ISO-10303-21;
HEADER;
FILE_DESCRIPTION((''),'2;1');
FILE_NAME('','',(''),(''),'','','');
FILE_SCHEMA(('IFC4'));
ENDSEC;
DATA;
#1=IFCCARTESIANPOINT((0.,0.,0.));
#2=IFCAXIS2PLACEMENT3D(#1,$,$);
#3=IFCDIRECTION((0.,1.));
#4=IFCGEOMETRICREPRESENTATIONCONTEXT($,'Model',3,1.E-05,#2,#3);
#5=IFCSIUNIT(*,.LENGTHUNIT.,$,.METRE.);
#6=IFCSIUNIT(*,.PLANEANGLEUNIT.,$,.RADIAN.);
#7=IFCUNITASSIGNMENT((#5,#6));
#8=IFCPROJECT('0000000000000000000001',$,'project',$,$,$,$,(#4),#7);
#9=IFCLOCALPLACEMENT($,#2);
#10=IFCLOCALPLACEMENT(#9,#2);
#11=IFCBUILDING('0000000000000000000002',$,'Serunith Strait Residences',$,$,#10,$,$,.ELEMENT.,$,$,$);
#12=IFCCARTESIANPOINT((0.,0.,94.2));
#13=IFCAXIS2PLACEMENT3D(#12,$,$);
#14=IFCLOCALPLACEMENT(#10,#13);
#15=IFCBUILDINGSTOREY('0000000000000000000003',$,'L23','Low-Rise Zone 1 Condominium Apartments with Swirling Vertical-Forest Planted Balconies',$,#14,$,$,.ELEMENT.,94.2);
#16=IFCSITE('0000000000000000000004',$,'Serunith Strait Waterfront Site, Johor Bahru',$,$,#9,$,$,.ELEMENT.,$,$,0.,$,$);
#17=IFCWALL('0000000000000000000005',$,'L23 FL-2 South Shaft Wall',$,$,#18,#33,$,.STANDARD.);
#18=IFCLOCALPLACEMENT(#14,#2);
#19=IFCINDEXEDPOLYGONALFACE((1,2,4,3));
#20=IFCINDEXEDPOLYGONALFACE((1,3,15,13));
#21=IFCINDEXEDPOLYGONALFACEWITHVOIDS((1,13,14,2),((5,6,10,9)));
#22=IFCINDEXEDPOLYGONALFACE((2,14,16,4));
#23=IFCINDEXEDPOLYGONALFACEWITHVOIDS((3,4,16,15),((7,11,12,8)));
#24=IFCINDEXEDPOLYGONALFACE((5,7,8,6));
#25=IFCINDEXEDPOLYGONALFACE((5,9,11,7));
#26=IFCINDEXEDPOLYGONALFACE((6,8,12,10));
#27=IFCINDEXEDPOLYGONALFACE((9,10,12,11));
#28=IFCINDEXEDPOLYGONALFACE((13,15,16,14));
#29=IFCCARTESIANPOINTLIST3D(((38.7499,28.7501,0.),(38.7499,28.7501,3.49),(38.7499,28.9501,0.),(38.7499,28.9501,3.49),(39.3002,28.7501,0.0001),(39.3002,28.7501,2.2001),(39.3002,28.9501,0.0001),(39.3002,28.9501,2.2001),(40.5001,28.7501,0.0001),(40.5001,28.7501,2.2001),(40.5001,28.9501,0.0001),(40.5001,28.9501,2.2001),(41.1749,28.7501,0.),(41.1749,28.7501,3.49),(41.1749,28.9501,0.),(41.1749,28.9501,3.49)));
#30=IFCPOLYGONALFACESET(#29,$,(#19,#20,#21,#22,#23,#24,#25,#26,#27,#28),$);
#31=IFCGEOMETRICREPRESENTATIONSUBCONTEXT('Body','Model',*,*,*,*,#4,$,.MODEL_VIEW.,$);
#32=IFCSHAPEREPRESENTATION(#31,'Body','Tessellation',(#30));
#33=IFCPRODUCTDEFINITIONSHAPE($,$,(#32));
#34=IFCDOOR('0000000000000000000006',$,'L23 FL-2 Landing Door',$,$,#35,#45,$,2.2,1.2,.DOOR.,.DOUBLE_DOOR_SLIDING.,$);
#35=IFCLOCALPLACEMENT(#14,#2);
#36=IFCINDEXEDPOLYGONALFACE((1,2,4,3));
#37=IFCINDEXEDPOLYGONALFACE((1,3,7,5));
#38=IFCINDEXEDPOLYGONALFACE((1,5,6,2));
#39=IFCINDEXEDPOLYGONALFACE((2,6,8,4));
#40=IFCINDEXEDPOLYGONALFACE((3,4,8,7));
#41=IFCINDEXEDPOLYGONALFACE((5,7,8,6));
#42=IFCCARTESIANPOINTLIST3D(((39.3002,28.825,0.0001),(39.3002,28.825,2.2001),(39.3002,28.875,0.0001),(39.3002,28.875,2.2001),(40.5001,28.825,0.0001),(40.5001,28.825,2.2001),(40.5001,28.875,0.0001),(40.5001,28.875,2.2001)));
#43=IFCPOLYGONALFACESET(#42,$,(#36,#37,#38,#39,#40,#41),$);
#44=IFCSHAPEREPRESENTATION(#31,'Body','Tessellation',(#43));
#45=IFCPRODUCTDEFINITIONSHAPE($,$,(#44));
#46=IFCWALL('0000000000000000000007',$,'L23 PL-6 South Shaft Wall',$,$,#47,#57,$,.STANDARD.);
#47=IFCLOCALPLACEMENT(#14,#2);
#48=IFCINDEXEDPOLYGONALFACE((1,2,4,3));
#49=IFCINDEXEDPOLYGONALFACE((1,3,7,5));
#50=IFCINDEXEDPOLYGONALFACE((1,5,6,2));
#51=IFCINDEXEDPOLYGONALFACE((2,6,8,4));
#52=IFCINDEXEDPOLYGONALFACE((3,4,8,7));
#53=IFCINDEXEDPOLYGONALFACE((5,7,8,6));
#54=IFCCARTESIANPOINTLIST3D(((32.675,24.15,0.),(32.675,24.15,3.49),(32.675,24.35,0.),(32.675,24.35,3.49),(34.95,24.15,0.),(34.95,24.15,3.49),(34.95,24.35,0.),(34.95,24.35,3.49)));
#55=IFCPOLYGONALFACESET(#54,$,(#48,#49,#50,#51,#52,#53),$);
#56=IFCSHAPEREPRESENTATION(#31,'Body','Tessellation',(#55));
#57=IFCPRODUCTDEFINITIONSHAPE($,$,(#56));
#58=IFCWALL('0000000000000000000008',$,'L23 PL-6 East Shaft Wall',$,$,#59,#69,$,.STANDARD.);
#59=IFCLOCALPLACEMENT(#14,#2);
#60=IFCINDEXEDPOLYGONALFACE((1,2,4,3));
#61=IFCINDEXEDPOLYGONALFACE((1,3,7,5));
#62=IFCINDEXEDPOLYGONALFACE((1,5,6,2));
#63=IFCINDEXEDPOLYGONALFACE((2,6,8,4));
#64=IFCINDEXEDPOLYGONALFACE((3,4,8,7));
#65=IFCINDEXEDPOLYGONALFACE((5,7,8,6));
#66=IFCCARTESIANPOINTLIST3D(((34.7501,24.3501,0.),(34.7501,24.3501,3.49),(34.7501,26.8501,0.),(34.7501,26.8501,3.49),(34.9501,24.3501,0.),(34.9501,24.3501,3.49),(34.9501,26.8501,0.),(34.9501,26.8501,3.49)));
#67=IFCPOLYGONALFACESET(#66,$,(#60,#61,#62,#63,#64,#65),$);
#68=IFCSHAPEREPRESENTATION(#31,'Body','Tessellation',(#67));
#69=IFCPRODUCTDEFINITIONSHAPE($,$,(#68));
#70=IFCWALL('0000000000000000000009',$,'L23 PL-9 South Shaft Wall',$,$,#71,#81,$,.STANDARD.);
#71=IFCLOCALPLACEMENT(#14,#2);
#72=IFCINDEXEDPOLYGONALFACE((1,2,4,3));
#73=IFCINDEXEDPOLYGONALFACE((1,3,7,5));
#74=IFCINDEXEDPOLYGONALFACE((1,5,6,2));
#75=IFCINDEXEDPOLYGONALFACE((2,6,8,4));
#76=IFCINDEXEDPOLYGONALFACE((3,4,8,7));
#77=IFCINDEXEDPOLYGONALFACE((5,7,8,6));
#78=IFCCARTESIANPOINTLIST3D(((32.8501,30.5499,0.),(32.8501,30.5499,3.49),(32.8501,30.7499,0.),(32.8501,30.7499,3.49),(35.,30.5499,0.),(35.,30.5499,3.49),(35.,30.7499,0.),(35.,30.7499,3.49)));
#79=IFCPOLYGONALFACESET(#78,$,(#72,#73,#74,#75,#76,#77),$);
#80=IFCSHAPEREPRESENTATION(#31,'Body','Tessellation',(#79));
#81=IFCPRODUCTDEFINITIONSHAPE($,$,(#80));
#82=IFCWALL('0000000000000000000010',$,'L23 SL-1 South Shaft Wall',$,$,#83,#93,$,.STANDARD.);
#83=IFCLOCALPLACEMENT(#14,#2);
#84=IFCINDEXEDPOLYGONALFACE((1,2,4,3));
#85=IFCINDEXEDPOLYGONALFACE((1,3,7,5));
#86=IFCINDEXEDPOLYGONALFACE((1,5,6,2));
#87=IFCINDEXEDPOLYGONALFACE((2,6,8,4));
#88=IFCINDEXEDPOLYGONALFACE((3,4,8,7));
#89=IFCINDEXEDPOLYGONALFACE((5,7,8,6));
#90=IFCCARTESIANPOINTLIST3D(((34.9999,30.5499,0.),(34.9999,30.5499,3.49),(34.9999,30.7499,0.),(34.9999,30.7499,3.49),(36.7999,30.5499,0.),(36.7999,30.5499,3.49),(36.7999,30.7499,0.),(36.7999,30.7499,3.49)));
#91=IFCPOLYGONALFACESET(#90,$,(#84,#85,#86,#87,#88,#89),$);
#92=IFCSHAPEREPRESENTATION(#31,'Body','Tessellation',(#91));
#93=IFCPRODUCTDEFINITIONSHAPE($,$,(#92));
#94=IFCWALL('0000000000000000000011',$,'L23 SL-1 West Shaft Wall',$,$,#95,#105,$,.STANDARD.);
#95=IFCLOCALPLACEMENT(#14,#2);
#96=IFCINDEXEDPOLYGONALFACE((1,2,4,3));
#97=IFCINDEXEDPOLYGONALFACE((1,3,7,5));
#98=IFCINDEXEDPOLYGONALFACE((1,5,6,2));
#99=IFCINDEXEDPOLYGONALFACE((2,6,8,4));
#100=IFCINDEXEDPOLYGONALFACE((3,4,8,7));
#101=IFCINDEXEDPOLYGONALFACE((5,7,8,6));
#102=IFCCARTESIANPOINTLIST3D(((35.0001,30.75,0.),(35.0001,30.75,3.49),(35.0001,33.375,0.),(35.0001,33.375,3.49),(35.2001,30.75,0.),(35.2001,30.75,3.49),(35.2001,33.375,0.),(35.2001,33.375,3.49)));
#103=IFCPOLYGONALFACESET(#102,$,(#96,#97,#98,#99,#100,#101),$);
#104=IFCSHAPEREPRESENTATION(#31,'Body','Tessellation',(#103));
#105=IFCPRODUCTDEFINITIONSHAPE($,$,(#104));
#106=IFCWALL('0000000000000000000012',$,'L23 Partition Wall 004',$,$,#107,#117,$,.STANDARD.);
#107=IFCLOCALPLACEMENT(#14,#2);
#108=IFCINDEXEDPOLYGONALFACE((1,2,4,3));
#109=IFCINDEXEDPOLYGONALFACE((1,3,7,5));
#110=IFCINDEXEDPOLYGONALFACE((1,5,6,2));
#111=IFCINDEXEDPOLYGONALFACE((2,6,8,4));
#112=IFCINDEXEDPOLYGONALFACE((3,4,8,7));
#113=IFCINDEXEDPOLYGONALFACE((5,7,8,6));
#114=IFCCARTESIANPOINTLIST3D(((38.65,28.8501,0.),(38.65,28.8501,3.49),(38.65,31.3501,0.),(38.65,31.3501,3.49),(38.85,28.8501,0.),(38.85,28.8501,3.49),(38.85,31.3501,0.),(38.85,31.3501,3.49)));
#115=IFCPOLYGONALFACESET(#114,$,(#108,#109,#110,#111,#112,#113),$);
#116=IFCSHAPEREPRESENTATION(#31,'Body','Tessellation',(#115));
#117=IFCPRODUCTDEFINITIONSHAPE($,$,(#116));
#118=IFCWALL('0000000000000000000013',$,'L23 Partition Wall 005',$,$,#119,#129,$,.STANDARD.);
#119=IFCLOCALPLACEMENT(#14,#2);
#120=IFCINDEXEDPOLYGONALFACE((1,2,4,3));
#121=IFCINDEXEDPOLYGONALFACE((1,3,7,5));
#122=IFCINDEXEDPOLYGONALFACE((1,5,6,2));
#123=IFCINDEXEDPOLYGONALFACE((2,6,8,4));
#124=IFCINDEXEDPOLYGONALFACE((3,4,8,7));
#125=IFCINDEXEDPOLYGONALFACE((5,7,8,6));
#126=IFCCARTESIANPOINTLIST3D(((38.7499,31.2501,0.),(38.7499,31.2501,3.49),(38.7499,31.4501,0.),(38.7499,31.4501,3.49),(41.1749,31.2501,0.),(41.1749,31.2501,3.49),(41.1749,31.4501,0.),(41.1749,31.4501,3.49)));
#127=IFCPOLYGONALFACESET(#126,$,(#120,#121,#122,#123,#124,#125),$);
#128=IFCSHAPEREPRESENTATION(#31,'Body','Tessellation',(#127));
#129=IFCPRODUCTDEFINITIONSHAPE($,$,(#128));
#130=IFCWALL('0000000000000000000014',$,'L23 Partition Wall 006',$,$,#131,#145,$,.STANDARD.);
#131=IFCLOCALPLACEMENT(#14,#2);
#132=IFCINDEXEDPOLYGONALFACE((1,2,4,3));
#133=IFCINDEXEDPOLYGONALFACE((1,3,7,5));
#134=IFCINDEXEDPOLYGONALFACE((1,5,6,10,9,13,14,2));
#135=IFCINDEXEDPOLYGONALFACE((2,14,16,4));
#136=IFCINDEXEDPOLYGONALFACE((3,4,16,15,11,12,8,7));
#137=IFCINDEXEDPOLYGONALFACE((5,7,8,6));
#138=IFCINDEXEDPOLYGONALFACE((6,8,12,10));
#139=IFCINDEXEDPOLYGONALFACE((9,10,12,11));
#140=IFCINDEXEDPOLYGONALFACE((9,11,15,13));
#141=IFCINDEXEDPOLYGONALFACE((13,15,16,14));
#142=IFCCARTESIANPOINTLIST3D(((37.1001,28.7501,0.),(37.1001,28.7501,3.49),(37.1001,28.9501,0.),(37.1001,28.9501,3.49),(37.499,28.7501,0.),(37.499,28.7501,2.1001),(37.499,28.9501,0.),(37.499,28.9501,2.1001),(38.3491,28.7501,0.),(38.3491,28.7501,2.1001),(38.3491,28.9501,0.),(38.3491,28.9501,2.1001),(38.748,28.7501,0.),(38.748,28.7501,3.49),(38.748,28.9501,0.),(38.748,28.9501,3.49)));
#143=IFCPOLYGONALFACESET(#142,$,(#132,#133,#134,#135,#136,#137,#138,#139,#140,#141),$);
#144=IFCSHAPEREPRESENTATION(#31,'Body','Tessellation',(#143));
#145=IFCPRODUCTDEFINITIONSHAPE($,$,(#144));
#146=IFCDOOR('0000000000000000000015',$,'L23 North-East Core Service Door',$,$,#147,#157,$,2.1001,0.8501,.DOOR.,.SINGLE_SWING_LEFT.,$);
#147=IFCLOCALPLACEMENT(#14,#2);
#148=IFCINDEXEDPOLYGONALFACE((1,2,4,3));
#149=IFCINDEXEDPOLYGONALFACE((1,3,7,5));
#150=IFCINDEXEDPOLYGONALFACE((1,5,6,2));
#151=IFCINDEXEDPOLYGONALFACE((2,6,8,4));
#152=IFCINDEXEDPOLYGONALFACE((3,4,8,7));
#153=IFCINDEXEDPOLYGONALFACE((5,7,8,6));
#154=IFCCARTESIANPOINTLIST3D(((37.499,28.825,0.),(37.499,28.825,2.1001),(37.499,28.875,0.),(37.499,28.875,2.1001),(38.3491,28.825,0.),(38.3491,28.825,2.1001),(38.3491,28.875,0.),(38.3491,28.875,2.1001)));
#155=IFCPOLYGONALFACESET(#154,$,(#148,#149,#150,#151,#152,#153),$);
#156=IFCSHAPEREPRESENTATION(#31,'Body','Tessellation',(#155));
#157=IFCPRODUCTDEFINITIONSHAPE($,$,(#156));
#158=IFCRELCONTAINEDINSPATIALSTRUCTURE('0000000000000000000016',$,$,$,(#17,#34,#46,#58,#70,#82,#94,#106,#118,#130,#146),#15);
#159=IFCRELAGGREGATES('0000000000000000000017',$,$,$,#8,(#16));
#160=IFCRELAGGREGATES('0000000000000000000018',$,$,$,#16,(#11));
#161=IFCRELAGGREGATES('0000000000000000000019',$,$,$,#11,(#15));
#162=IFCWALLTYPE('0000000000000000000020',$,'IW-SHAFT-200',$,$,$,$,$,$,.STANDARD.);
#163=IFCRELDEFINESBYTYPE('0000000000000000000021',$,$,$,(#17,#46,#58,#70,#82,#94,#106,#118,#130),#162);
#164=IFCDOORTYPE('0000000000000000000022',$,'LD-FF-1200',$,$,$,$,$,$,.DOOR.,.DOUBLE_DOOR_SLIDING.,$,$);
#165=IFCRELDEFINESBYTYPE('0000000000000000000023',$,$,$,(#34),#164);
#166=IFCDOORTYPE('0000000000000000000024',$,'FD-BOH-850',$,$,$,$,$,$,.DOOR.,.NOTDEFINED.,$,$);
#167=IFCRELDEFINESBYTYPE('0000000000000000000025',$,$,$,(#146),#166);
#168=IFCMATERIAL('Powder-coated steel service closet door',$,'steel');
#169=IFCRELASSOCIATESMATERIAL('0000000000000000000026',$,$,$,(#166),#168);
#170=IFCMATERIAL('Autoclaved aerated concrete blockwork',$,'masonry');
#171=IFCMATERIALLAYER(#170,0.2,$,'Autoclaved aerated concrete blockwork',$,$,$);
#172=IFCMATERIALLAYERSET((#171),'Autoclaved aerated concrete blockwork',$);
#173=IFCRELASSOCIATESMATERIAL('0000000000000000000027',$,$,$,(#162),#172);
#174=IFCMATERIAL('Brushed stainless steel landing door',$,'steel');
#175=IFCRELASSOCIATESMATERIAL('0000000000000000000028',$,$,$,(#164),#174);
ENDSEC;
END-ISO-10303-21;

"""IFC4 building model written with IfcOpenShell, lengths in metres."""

from ifc_helpers import new_model, si_unit, direction, frame, frame_2d, origin, place, context, subcontext, project, spatial, rectangle, extrude, source, transform, mapped, material, layer, layer_set, type_object, element, fill, save


model = new_model("IFC4")

# Units and contexts
model_context = context("Model", 3, precision=1e-05, world=origin(), true_north=direction((0.0, 1.0)))
body_context = subcontext(model_context, "Body", "Model", "MODEL_VIEW")
ifc_project = project(units=[si_unit("LENGTHUNIT", "METRE"), si_unit("PLANEANGLEUNIT", "RADIAN")], contexts=[model_context])

# Site, building, storey
site_placement = place(None, origin())
site = spatial("IfcSite", under=ifc_project, at=site_placement, Name="Serunith Strait Waterfront Site, Johor Bahru", CompositionType="ELEMENT", RefElevation=0.0)
building_placement = place(site_placement, origin())
building = spatial("IfcBuilding", under=site, at=building_placement, Name="Serunith Strait Residences", CompositionType="ELEMENT")
storey_placement = place(building_placement, frame((0.0, 0.0, 94.2)))
storey = spatial("IfcBuildingStorey", under=building, at=storey_placement, Name="L23", Description="Low-Rise Zone 1 Condominium Apartments with Swirling Vertical-Forest Planted Balconies", CompositionType="ELEMENT", Elevation=94.2)

# Shared definitions
ifc_material_1 = material(Name="Powder-coated steel service closet door", Category="steel")
door_type_1 = type_object("IfcDoorType", Name="FD-BOH-850", OperationType="NOTDEFINED", PredefinedType="DOOR", material=ifc_material_1)
shared_shape_1 = source(origin(), body_context, "Body", "SweptSolid", [
    extrude(rectangle(XDim=0.8501, YDim=2.1001, at=frame_2d((0.425, 1.05))), frame((0.0, 0.0249, 0.0), z_axis=(0.0, -1.0, 0.0), x_axis=(1.0, 0.0, 0.0)), (0.0, 0.0, 1.0), 0.05),
])

# Wall, opening, door
ifc_material_2 = material(Name="Autoclaved aerated concrete blockwork", Category="masonry")
ifc_layer_1 = layer(ifc_material_2, 0.2, Name="Autoclaved aerated concrete blockwork")
ifc_layer_set_1 = layer_set([ifc_layer_1], Name="Autoclaved aerated concrete blockwork")
wall_type_1 = type_object("IfcWallType", Name="IW-SHAFT-200", PredefinedType="STANDARD", material=ifc_layer_set_1)
wall_1_placement = place(storey_placement, frame((38.75, 28.8501, 0.0), z_axis=(0.0, 0.0, 1.0), x_axis=(1.0, 0.0, 0.0)))
wall_1 = element("IfcWall", 1, at=wall_1_placement, inside=storey, type_object=wall_type_1, Name="L23 FL-2 South Shaft Wall", PredefinedType="STANDARD", context=body_context, shape_type="SweptSolid", body=[
    extrude(rectangle(XDim=2.425, YDim=0.2, at=frame_2d((1.2124, 0.0))), origin(), (0.0, 0.0, 1.0), 3.49),
])
opening_1_placement = place(wall_1_placement, frame((0.55, 0.0, 0.0)))
opening_1 = element("IfcOpeningElement", 2, at=opening_1_placement, cuts=wall_1, PredefinedType="OPENING", context=body_context, shape_type="SweptSolid", body=[
    extrude(rectangle(XDim=1.2, YDim=2.2, at=frame_2d((0.6001, 1.1001))), frame((0.0, 0.1099, 0.0), z_axis=(0.0, -1.0, 0.0), x_axis=(1.0, 0.0, 0.0)), (0.0, 0.0, 1.0), 0.22),
])
ifc_material_3 = material(Name="Brushed stainless steel landing door", Category="steel")
door_type_2 = type_object("IfcDoorType", Name="LD-FF-1200", OperationType="DOUBLE_DOOR_SLIDING", PredefinedType="DOOR", material=ifc_material_3)
shared_shape_2 = source(origin(), body_context, "Body", "SweptSolid", [
    extrude(rectangle(XDim=1.2, YDim=2.2, at=frame_2d((0.6001, 1.1001))), frame((0.0, 0.0249, 0.0), z_axis=(0.0, -1.0, 0.0), x_axis=(1.0, 0.0, 0.0)), (0.0, 0.0, 1.0), 0.05),
])
door_1_placement = place(opening_1_placement, origin())
door_1 = element("IfcDoor", 3, at=door_1_placement, inside=storey, type_object=door_type_2, Name="L23 FL-2 Landing Door", OperationType="DOUBLE_DOOR_SLIDING", OverallHeight=2.2, OverallWidth=1.2, PredefinedType="DOOR", context=body_context, shape_type="MappedRepresentation", body=[
    mapped(shared_shape_2, transform((0.0, 0.0, 0.0), scale=1.0)),
])
fill(opening_1, door_1)

# Walls
wall_2_placement = place(storey_placement, frame((32.675, 24.25, 0.0), z_axis=(0.0, 0.0, 1.0), x_axis=(1.0, 0.0, 0.0)))
element("IfcWall", 4, at=wall_2_placement, inside=storey, type_object=wall_type_1, Name="L23 PL-6 South Shaft Wall", PredefinedType="STANDARD", context=body_context, shape_type="SweptSolid", body=[
    extrude(rectangle(XDim=2.2749, YDim=0.2, at=frame_2d((1.1375, 0.0))), origin(), (0.0, 0.0, 1.0), 3.49),
])
wall_3_placement = place(storey_placement, frame((34.8501, 24.3501, 0.0), z_axis=(0.0, 0.0, 1.0), x_axis=(0.0, 1.0, 0.0)))
element("IfcWall", 5, at=wall_3_placement, inside=storey, type_object=wall_type_1, Name="L23 PL-6 East Shaft Wall", PredefinedType="STANDARD", context=body_context, shape_type="SweptSolid", body=[
    extrude(rectangle(XDim=2.5, YDim=0.2, at=frame_2d((1.25, 0.0))), origin(), (0.0, 0.0, 1.0), 3.49),
])
wall_4_placement = place(storey_placement, frame((32.8501, 30.6499, 0.0), z_axis=(0.0, 0.0, 1.0), x_axis=(1.0, 0.0, 0.0)))
element("IfcWall", 6, at=wall_4_placement, inside=storey, type_object=wall_type_1, Name="L23 PL-9 South Shaft Wall", PredefinedType="STANDARD", context=body_context, shape_type="SweptSolid", body=[
    extrude(rectangle(XDim=2.1499, YDim=0.2, at=frame_2d((1.075, 0.0))), origin(), (0.0, 0.0, 1.0), 3.49),
])
wall_5_placement = place(storey_placement, frame((35.0, 30.6499, 0.0), z_axis=(0.0, 0.0, 1.0), x_axis=(1.0, 0.0, 0.0)))
element("IfcWall", 7, at=wall_5_placement, inside=storey, type_object=wall_type_1, Name="L23 SL-1 South Shaft Wall", PredefinedType="STANDARD", context=body_context, shape_type="SweptSolid", body=[
    extrude(rectangle(XDim=1.8, YDim=0.2, at=frame_2d((0.8999, 0.0))), origin(), (0.0, 0.0, 1.0), 3.49),
])
wall_6_placement = place(storey_placement, frame((35.1001, 30.75, 0.0), z_axis=(0.0, 0.0, 1.0), x_axis=(0.0, 1.0, 0.0)))
element("IfcWall", 8, at=wall_6_placement, inside=storey, type_object=wall_type_1, Name="L23 SL-1 West Shaft Wall", PredefinedType="STANDARD", context=body_context, shape_type="SweptSolid", body=[
    extrude(rectangle(XDim=2.625, YDim=0.2, at=frame_2d((1.3125, 0.0))), origin(), (0.0, 0.0, 1.0), 3.49),
])
wall_7_placement = place(storey_placement, frame((38.75, 28.8501, 0.0), z_axis=(0.0, 0.0, 1.0), x_axis=(0.0, 1.0, 0.0)))
element("IfcWall", 9, at=wall_7_placement, inside=storey, type_object=wall_type_1, Name="L23 Partition Wall 004", PredefinedType="STANDARD", context=body_context, shape_type="SweptSolid", body=[
    extrude(rectangle(XDim=2.5, YDim=0.2, at=frame_2d((1.25, 0.0))), origin(), (0.0, 0.0, 1.0), 3.49),
])
wall_8_placement = place(storey_placement, frame((38.75, 31.3501, 0.0), z_axis=(0.0, 0.0, 1.0), x_axis=(1.0, 0.0, 0.0)))
element("IfcWall", 10, at=wall_8_placement, inside=storey, type_object=wall_type_1, Name="L23 Partition Wall 005", PredefinedType="STANDARD", context=body_context, shape_type="SweptSolid", body=[
    extrude(rectangle(XDim=2.425, YDim=0.2, at=frame_2d((1.2124, 0.0))), origin(), (0.0, 0.0, 1.0), 3.49),
])

# Wall, opening, door
wall_9_placement = place(storey_placement, frame((37.1001, 28.8501, 0.0), z_axis=(0.0, 0.0, 1.0), x_axis=(1.0, 0.0, 0.0)))
wall_9 = element("IfcWall", 11, at=wall_9_placement, inside=storey, type_object=wall_type_1, Name="L23 Partition Wall 006", PredefinedType="STANDARD", context=body_context, shape_type="SweptSolid", body=[
    extrude(rectangle(XDim=1.6479, YDim=0.2, at=frame_2d((0.824, 0.0))), origin(), (0.0, 0.0, 1.0), 3.49),
])
opening_2_placement = place(wall_9_placement, frame((0.3989, 0.0, 0.0)))
opening_2 = element("IfcOpeningElement", 12, at=opening_2_placement, cuts=wall_9, PredefinedType="OPENING", context=body_context, shape_type="SweptSolid", body=[
    extrude(rectangle(XDim=0.8501, YDim=2.1001, at=frame_2d((0.425, 1.05))), frame((0.0, 0.1099, 0.0), z_axis=(0.0, -1.0, 0.0), x_axis=(1.0, 0.0, 0.0)), (0.0, 0.0, 1.0), 0.22),
])
door_2_placement = place(opening_2_placement, origin())
door_2 = element("IfcDoor", 13, at=door_2_placement, inside=storey, type_object=door_type_1, Name="L23 North-East Core Service Door", OperationType="SINGLE_SWING_LEFT", OverallHeight=2.1001, OverallWidth=0.8501, PredefinedType="DOOR", context=body_context, shape_type="MappedRepresentation", body=[
    mapped(shared_shape_1, transform((0.0, 0.0, 0.0), scale=1.0)),
])
fill(opening_2, door_2)

save(model, "model.ifc")
